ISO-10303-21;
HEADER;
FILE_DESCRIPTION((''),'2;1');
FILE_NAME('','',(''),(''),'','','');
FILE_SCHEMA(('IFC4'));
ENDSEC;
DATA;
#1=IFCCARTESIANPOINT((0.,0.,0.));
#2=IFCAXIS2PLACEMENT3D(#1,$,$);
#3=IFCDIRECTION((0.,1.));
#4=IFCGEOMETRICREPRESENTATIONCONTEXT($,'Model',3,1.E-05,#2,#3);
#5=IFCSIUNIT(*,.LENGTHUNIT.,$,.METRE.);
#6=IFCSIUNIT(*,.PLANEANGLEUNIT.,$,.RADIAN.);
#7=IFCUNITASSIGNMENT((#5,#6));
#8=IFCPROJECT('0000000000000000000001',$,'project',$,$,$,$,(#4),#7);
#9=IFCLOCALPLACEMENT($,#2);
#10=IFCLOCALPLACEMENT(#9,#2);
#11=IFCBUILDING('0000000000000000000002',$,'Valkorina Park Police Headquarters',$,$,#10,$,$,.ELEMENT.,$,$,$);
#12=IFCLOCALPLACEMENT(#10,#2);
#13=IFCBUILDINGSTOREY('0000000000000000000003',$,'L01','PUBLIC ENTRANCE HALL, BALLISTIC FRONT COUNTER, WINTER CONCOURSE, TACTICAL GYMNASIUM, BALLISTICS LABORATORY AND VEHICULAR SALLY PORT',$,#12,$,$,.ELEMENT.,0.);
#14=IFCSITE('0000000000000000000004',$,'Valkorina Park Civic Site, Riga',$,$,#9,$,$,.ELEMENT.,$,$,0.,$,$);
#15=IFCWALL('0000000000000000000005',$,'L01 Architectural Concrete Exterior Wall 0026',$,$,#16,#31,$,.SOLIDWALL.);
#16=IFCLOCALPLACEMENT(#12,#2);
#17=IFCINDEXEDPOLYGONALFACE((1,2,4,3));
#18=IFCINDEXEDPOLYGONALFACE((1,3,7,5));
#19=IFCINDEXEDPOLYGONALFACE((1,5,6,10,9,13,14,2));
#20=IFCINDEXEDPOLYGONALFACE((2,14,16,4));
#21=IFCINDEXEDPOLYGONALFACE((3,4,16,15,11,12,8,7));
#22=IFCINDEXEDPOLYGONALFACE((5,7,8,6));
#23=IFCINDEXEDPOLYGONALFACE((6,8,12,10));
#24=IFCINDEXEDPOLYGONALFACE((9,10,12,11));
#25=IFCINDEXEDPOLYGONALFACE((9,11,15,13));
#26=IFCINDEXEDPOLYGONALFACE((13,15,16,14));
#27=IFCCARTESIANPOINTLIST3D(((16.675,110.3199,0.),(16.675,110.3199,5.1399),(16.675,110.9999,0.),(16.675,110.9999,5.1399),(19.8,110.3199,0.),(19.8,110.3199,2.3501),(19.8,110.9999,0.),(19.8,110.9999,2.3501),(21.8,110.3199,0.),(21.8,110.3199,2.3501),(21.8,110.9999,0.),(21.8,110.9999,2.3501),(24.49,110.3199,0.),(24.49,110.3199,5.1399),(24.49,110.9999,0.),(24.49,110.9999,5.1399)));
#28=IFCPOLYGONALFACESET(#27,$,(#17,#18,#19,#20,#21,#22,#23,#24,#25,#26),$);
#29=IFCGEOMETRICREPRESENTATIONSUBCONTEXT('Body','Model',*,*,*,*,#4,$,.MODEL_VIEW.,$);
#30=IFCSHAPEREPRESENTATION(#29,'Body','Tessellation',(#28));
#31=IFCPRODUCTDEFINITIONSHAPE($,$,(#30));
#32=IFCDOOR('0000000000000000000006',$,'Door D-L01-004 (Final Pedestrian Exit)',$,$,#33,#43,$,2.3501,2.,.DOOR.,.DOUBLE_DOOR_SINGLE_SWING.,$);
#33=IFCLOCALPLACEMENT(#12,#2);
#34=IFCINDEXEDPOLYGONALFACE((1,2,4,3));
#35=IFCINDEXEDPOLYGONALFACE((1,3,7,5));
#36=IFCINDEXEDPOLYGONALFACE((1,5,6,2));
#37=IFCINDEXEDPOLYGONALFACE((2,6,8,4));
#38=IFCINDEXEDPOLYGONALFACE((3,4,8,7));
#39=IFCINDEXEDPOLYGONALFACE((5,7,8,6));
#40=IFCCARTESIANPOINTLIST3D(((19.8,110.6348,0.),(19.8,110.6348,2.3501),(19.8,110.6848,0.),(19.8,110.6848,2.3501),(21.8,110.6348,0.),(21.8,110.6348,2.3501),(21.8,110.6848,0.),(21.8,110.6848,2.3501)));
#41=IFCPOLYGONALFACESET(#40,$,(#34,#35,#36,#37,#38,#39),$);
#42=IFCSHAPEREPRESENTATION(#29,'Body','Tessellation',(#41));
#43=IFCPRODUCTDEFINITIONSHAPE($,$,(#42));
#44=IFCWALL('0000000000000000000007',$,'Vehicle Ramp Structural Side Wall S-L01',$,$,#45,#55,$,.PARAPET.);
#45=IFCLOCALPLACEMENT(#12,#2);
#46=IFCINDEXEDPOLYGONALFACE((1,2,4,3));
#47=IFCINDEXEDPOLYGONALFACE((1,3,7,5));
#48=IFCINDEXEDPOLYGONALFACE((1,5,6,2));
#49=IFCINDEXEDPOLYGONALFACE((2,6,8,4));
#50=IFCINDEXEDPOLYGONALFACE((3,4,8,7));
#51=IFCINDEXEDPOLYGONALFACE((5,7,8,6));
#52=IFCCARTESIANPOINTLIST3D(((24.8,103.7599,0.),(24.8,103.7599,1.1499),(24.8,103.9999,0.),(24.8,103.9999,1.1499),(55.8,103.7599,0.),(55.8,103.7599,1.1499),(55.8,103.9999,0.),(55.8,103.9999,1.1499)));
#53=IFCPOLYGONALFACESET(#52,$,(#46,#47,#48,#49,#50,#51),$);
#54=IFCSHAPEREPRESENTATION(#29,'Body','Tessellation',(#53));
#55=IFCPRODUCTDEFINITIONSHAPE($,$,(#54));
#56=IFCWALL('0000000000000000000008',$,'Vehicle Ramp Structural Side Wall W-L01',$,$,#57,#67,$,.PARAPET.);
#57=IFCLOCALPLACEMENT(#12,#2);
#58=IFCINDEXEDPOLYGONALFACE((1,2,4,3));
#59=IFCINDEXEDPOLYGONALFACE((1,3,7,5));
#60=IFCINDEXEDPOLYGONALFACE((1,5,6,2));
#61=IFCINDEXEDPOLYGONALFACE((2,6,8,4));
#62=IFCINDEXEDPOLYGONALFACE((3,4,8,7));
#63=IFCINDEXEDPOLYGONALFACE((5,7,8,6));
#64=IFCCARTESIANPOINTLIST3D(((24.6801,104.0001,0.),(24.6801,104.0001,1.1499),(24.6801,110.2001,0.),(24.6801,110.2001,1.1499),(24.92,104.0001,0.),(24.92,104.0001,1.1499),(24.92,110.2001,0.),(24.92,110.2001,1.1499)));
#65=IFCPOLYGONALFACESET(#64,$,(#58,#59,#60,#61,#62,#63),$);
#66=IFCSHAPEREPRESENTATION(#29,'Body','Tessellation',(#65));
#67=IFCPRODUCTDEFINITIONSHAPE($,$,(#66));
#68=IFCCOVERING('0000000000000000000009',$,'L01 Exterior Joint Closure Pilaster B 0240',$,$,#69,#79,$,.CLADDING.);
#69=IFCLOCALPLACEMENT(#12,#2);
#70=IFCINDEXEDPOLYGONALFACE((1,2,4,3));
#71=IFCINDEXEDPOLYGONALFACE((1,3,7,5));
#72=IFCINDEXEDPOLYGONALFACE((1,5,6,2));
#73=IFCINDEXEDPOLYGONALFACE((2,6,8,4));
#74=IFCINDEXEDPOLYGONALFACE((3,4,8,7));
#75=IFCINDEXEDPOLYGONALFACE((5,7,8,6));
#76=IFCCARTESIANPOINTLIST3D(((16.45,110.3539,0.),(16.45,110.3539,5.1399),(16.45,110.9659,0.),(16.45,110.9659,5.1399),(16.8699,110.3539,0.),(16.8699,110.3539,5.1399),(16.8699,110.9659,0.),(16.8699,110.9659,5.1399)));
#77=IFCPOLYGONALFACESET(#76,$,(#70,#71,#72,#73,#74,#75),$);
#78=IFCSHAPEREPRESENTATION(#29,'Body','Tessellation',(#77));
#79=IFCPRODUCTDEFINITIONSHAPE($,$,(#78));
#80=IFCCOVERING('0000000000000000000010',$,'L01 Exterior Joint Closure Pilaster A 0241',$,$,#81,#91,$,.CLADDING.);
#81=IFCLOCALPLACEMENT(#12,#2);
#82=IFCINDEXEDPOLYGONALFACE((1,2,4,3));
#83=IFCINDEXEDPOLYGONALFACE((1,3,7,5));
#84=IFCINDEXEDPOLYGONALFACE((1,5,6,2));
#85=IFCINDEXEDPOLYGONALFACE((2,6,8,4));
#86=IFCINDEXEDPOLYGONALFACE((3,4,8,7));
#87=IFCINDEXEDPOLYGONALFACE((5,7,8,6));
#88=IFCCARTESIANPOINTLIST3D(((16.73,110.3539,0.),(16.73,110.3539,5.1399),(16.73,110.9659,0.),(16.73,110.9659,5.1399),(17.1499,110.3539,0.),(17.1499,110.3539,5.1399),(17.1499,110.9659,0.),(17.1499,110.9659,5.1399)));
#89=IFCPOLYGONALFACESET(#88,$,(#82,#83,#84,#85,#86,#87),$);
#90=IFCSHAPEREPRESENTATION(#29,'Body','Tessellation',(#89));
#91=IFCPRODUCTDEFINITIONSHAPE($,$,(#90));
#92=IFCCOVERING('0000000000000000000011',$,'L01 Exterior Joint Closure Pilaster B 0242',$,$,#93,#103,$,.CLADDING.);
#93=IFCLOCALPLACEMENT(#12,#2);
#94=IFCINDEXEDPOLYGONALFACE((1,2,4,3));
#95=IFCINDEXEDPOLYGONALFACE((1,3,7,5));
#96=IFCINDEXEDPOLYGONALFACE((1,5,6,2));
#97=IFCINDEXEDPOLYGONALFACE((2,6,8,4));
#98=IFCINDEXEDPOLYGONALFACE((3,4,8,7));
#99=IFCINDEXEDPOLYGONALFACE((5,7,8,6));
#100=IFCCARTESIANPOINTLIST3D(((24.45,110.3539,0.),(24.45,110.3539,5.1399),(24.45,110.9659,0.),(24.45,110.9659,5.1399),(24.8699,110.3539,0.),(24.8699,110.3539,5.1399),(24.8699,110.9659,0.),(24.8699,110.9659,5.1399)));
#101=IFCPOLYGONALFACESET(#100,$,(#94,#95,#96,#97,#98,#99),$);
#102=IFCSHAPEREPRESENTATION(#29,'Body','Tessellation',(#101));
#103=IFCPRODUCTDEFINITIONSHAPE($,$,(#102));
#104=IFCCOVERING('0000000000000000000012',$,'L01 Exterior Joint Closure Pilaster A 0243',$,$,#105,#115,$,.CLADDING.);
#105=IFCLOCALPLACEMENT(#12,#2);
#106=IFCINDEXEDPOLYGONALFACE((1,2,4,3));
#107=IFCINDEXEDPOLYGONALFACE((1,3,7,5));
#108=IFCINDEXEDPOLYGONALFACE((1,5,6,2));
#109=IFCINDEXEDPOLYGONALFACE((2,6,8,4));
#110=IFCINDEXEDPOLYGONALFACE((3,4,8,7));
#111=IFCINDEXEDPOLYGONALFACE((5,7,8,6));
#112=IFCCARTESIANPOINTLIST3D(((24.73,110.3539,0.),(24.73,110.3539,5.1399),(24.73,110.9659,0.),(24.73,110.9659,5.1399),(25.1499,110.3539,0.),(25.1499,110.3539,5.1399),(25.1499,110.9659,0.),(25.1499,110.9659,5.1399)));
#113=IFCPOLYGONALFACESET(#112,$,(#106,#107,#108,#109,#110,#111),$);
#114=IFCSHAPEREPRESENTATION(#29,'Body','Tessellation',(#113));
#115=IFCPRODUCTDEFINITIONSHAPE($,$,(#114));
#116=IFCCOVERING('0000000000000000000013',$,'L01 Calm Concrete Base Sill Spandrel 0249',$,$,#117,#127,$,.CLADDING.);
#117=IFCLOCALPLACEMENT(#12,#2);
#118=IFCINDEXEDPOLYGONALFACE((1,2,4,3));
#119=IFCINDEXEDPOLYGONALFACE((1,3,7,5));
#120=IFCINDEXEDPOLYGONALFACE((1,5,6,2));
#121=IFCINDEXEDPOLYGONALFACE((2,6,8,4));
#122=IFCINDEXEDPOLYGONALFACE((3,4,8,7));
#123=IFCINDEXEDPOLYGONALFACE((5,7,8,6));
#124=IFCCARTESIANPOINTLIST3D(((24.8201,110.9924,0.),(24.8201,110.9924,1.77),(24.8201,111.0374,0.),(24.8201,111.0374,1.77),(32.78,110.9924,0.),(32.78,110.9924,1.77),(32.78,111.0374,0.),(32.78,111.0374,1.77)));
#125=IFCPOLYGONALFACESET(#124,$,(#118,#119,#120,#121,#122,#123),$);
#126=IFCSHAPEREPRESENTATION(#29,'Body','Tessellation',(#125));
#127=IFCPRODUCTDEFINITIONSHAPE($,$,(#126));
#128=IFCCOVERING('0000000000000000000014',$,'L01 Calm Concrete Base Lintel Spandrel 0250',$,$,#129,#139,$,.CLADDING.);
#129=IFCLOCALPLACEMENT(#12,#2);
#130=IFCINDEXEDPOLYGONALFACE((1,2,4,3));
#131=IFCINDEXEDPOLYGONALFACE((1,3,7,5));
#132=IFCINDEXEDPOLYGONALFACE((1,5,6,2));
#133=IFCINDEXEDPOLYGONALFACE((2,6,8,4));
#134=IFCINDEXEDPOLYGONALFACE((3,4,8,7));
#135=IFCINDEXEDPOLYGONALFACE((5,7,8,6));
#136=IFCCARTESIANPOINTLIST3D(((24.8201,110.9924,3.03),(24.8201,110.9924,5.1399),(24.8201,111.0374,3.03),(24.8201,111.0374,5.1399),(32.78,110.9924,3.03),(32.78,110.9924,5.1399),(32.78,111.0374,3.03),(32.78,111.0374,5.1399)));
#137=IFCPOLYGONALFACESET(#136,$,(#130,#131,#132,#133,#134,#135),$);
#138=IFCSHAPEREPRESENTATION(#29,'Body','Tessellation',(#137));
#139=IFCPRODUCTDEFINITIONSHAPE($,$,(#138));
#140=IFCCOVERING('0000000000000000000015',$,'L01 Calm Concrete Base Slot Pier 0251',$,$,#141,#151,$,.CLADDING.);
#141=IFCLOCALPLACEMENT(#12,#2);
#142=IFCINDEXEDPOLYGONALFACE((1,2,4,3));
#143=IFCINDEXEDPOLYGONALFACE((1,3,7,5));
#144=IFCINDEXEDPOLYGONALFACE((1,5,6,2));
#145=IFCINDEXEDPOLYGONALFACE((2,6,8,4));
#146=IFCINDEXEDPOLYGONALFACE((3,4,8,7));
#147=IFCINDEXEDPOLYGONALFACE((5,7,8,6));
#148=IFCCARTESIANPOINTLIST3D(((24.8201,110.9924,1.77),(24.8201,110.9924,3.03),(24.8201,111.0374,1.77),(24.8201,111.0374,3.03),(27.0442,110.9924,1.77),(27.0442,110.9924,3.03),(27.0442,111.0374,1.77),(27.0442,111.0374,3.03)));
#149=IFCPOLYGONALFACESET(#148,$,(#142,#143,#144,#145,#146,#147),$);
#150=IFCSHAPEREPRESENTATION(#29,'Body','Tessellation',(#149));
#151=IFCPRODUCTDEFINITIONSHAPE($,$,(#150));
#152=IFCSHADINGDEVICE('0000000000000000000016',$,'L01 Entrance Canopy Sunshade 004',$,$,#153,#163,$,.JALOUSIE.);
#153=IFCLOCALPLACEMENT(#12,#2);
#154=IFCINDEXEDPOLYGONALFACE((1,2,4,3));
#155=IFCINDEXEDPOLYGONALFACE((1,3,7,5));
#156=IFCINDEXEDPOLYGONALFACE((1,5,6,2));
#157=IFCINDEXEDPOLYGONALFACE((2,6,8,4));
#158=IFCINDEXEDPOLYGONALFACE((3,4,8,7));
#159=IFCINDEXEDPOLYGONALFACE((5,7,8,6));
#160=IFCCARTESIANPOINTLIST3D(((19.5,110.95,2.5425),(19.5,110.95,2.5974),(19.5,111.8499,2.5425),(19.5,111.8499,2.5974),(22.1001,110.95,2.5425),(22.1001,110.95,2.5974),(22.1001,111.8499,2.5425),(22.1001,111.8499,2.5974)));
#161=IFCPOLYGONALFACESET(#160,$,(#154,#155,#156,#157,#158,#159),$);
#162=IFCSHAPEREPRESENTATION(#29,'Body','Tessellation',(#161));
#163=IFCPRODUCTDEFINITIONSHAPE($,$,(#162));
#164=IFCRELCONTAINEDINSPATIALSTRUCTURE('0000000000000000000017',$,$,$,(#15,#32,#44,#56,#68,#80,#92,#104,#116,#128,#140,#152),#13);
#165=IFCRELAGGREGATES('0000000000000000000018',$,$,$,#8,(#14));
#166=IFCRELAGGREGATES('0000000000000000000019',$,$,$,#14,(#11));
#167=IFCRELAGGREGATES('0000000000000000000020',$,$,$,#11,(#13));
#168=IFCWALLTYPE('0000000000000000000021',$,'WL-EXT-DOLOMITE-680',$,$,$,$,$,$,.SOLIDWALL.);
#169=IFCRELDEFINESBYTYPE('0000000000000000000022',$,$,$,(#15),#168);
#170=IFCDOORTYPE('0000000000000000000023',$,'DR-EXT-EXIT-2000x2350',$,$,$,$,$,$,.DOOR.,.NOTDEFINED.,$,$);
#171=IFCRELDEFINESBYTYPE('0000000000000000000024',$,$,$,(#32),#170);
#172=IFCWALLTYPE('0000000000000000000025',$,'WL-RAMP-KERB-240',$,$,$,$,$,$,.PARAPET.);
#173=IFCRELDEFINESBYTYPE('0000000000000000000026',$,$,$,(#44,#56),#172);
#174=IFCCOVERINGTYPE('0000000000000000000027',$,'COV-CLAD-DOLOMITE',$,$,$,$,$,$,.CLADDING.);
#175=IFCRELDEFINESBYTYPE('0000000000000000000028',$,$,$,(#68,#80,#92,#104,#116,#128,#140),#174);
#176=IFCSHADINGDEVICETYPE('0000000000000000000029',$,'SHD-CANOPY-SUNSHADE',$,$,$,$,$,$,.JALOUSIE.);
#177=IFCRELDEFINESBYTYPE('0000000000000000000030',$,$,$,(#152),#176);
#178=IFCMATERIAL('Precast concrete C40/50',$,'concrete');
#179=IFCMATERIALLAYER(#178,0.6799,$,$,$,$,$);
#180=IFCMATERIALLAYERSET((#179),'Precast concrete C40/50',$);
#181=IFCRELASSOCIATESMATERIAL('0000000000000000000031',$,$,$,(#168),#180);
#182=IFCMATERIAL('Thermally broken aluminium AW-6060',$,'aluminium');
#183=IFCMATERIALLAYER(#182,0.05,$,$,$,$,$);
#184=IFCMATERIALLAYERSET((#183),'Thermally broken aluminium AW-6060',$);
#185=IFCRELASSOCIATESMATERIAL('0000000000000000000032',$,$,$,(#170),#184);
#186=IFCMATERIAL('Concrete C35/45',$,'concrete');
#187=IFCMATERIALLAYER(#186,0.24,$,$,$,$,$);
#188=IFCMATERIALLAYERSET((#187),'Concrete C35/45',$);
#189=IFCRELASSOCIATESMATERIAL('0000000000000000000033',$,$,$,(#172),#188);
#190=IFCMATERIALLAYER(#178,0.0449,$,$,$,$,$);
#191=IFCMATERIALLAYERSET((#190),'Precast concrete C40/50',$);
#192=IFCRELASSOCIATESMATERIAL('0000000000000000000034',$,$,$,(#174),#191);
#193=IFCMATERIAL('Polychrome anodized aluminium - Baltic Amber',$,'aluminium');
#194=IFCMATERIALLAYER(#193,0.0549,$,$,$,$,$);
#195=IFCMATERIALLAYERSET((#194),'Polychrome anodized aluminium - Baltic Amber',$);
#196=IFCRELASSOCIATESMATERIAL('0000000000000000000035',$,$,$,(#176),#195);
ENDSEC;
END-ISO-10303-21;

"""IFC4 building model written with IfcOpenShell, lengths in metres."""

from ifc_helpers import new_model, si_unit, direction, frame, frame_2d, origin, origin_2d, place, context, subcontext, project, spatial, rectangle, extrude, material, layer, layer_set, type_object, element, fill, save


model = new_model("IFC4")

# Units and contexts
model_context = context("Model", 3, precision=1e-05, world=origin(), true_north=direction((0.0, 1.0)))
body_context = subcontext(model_context, "Body", "Model", "MODEL_VIEW")
ifc_project = project(units=[si_unit("LENGTHUNIT", "METRE"), si_unit("PLANEANGLEUNIT", "RADIAN")], contexts=[model_context])

# Site, building, storey
site_placement = place(None, origin())
site = spatial("IfcSite", under=ifc_project, at=site_placement, Name="Valkorina Park Civic Site, Riga", CompositionType="ELEMENT", RefElevation=0.0)
building_placement = place(site_placement, origin())
building = spatial("IfcBuilding", under=site, at=building_placement, Name="Valkorina Park Police Headquarters", CompositionType="ELEMENT")
storey_placement = place(building_placement, origin())
storey = spatial("IfcBuildingStorey", under=building, at=storey_placement, Name="L01", Description="PUBLIC ENTRANCE HALL, BALLISTIC FRONT COUNTER, WINTER CONCOURSE, TACTICAL GYMNASIUM, BALLISTICS LABORATORY AND VEHICULAR SALLY PORT", CompositionType="ELEMENT", Elevation=0.0)

# Wall, opening, door
ifc_material_1 = material(Name="Precast concrete C40/50", Category="concrete")
ifc_layer_1 = layer(ifc_material_1, 0.6799)
ifc_layer_set_1 = layer_set([ifc_layer_1], Name="Precast concrete C40/50")
wall_type_1 = type_object("IfcWallType", Name="WL-EXT-DOLOMITE-680", PredefinedType="SOLIDWALL", material=ifc_layer_set_1)
wall_1_placement = place(storey_placement, frame((16.675, 110.6599, 0.0), z_axis=(0.0, 0.0, 1.0), x_axis=(1.0, 0.0, 0.0)))
wall_1 = element("IfcWall", 1, at=wall_1_placement, inside=storey, type_object=wall_type_1, Name="L01 Architectural Concrete Exterior Wall 0026", PredefinedType="SOLIDWALL", context=body_context, shape_type="SweptSolid", body=[
    extrude(rectangle(XDim=7.8149, YDim=0.6799, at=frame_2d((3.9075, 0.0))), origin(), (0.0, 0.0, 1.0), 5.1399),
])
opening_placement = place(wall_1_placement, frame((3.125, 0.0, 0.0)))
opening = element("IfcOpeningElement", 2, at=opening_placement, cuts=wall_1, PredefinedType="OPENING", context=body_context, shape_type="SweptSolid", body=[
    extrude(rectangle(XDim=2.0, YDim=2.3501, at=frame_2d((1.0, 1.175))), frame((0.0, 0.3501, 0.0), z_axis=(0.0, -1.0, 0.0), x_axis=(1.0, 0.0, 0.0)), (0.0, 0.0, 1.0), 0.7),
])
ifc_material_2 = material(Name="Thermally broken aluminium AW-6060", Category="aluminium")
ifc_layer_2 = layer(ifc_material_2, 0.05)
ifc_layer_set_2 = layer_set([ifc_layer_2], Name="Thermally broken aluminium AW-6060")
door_type = type_object("IfcDoorType", Name="DR-EXT-EXIT-2000x2350", OperationType="NOTDEFINED", PredefinedType="DOOR", material=ifc_layer_set_2)
door_placement = place(opening_placement, origin())
door = element("IfcDoor", 3, at=door_placement, inside=storey, type_object=door_type, Name="Door D-L01-004 (Final Pedestrian Exit)", OperationType="DOUBLE_DOOR_SINGLE_SWING", OverallHeight=2.3501, OverallWidth=2.0, PredefinedType="DOOR", context=body_context, shape_type="SweptSolid", body=[
    extrude(rectangle(XDim=2.0, YDim=2.3501, at=frame_2d((1.0, 1.175))), frame((0.0, 0.0249, 0.0), z_axis=(0.0, -1.0, 0.0), x_axis=(1.0, 0.0, 0.0)), (0.0, 0.0, 1.0), 0.05),
])
fill(opening, door)

# Walls
ifc_material_3 = material(Name="Concrete C35/45", Category="concrete")
ifc_layer_3 = layer(ifc_material_3, 0.24)
ifc_layer_set_3 = layer_set([ifc_layer_3], Name="Concrete C35/45")
wall_type_2 = type_object("IfcWallType", Name="WL-RAMP-KERB-240", PredefinedType="PARAPET", material=ifc_layer_set_3)
wall_2_placement = place(storey_placement, frame((24.8, 103.8799, 0.0), z_axis=(0.0, 0.0, 1.0), x_axis=(1.0, 0.0, 0.0)))
element("IfcWall", 4, at=wall_2_placement, inside=storey, type_object=wall_type_2, Name="Vehicle Ramp Structural Side Wall S-L01", PredefinedType="PARAPET", context=body_context, shape_type="SweptSolid", body=[
    extrude(rectangle(XDim=31.0, YDim=0.24, at=frame_2d((15.5, 0.0))), origin(), (0.0, 0.0, 1.0), 1.1499),
])
wall_3_placement = place(storey_placement, frame((24.8, 104.0, 0.0), z_axis=(0.0, 0.0, 1.0), x_axis=(0.0, 1.0, 0.0)))
element("IfcWall", 5, at=wall_3_placement, inside=storey, type_object=wall_type_2, Name="Vehicle Ramp Structural Side Wall W-L01", PredefinedType="PARAPET", context=body_context, shape_type="SweptSolid", body=[
    extrude(rectangle(XDim=6.2, YDim=0.24, at=frame_2d((3.1001, 0.0))), origin(), (0.0, 0.0, 1.0), 1.1499),
])

# Coverings
ifc_layer_4 = layer(ifc_material_1, 0.0449)
ifc_layer_set_4 = layer_set([ifc_layer_4], Name="Precast concrete C40/50")
covering_type = type_object("IfcCoveringType", Name="COV-CLAD-DOLOMITE", PredefinedType="CLADDING", material=ifc_layer_set_4)
for number, where, z_axis, x_axis, name in (
    (6, (16.6599, 110.6599, 0.0), (0.0, 0.0, 1.0), (1.0, 0.0, 0.0), "L01 Exterior Joint Closure Pilaster B 0240"),
    (7, (16.9399, 110.6599, 0.0), (0.0, 0.0, 1.0), (1.0, 0.0, 0.0), "L01 Exterior Joint Closure Pilaster A 0241"),
    (8, (24.6599, 110.6599, 0.0), (0.0, 0.0, 1.0), (1.0, 0.0, 0.0), "L01 Exterior Joint Closure Pilaster B 0242"),
    (9, (24.9399, 110.6599, 0.0), (0.0, 0.0, 1.0), (1.0, 0.0, 0.0), "L01 Exterior Joint Closure Pilaster A 0243"),
):
    element("IfcCovering", number, at=place(storey_placement, frame(where, z_axis=z_axis, x_axis=x_axis)), inside=storey, type_object=covering_type, Name=name, PredefinedType="CLADDING", context=body_context, shape_type="SweptSolid", body=[
        extrude(rectangle(XDim=0.4199, YDim=0.6121, at=origin_2d()), origin(), (0.0, 0.0, 1.0), 5.1399),
    ])
covering_1_placement = place(storey_placement, frame((24.8201, 111.0149, 0.0), z_axis=(0.0, 0.0, 1.0), x_axis=(1.0, 0.0, 0.0)))
element("IfcCovering", 10, at=covering_1_placement, inside=storey, type_object=covering_type, Name="L01 Calm Concrete Base Sill Spandrel 0249", PredefinedType="CLADDING", context=body_context, shape_type="SweptSolid", body=[
    extrude(rectangle(XDim=7.96, YDim=0.0449, at=frame_2d((3.98, 0.0))), origin(), (0.0, 0.0, 1.0), 1.77),
])
covering_2_placement = place(storey_placement, frame((24.8201, 111.0149, 3.03), z_axis=(0.0, 0.0, 1.0), x_axis=(1.0, 0.0, 0.0)))
element("IfcCovering", 11, at=covering_2_placement, inside=storey, type_object=covering_type, Name="L01 Calm Concrete Base Lintel Spandrel 0250", PredefinedType="CLADDING", context=body_context, shape_type="SweptSolid", body=[
    extrude(rectangle(XDim=7.96, YDim=0.0449, at=frame_2d((3.98, 0.0))), origin(), (0.0, 0.0, 1.0), 2.1099),
])
covering_3_placement = place(storey_placement, frame((24.8201, 111.0149, 1.77), z_axis=(0.0, 0.0, 1.0), x_axis=(1.0, 0.0, 0.0)))
element("IfcCovering", 12, at=covering_3_placement, inside=storey, type_object=covering_type, Name="L01 Calm Concrete Base Slot Pier 0251", PredefinedType="CLADDING", context=body_context, shape_type="SweptSolid", body=[
    extrude(rectangle(XDim=2.2241, YDim=0.0449, at=frame_2d((1.1121, 0.0))), origin(), (0.0, 0.0, 1.0), 1.26),
])

# Shading device
ifc_material_4 = material(Name="Polychrome anodized aluminium - Baltic Amber", Category="aluminium")
ifc_layer_5 = layer(ifc_material_4, 0.0549)
ifc_layer_set_5 = layer_set([ifc_layer_5], Name="Polychrome anodized aluminium - Baltic Amber")
shading_device_type = type_object("IfcShadingDeviceType", Name="SHD-CANOPY-SUNSHADE", PredefinedType="JALOUSIE", material=ifc_layer_set_5)
shading_device_placement = place(storey_placement, frame((20.8, 111.3999, 2.5425), z_axis=(0.0, 0.0, 1.0), x_axis=(1.0, 0.0, 0.0)))
element("IfcShadingDevice", 13, at=shading_device_placement, inside=storey, type_object=shading_device_type, Name="L01 Entrance Canopy Sunshade 004", PredefinedType="JALOUSIE", context=body_context, shape_type="SweptSolid", body=[
    extrude(rectangle(XDim=2.6001, YDim=0.8999, at=origin_2d()), origin(), (0.0, 0.0, 1.0), 0.0549),
])

save(model, "model.ifc")
